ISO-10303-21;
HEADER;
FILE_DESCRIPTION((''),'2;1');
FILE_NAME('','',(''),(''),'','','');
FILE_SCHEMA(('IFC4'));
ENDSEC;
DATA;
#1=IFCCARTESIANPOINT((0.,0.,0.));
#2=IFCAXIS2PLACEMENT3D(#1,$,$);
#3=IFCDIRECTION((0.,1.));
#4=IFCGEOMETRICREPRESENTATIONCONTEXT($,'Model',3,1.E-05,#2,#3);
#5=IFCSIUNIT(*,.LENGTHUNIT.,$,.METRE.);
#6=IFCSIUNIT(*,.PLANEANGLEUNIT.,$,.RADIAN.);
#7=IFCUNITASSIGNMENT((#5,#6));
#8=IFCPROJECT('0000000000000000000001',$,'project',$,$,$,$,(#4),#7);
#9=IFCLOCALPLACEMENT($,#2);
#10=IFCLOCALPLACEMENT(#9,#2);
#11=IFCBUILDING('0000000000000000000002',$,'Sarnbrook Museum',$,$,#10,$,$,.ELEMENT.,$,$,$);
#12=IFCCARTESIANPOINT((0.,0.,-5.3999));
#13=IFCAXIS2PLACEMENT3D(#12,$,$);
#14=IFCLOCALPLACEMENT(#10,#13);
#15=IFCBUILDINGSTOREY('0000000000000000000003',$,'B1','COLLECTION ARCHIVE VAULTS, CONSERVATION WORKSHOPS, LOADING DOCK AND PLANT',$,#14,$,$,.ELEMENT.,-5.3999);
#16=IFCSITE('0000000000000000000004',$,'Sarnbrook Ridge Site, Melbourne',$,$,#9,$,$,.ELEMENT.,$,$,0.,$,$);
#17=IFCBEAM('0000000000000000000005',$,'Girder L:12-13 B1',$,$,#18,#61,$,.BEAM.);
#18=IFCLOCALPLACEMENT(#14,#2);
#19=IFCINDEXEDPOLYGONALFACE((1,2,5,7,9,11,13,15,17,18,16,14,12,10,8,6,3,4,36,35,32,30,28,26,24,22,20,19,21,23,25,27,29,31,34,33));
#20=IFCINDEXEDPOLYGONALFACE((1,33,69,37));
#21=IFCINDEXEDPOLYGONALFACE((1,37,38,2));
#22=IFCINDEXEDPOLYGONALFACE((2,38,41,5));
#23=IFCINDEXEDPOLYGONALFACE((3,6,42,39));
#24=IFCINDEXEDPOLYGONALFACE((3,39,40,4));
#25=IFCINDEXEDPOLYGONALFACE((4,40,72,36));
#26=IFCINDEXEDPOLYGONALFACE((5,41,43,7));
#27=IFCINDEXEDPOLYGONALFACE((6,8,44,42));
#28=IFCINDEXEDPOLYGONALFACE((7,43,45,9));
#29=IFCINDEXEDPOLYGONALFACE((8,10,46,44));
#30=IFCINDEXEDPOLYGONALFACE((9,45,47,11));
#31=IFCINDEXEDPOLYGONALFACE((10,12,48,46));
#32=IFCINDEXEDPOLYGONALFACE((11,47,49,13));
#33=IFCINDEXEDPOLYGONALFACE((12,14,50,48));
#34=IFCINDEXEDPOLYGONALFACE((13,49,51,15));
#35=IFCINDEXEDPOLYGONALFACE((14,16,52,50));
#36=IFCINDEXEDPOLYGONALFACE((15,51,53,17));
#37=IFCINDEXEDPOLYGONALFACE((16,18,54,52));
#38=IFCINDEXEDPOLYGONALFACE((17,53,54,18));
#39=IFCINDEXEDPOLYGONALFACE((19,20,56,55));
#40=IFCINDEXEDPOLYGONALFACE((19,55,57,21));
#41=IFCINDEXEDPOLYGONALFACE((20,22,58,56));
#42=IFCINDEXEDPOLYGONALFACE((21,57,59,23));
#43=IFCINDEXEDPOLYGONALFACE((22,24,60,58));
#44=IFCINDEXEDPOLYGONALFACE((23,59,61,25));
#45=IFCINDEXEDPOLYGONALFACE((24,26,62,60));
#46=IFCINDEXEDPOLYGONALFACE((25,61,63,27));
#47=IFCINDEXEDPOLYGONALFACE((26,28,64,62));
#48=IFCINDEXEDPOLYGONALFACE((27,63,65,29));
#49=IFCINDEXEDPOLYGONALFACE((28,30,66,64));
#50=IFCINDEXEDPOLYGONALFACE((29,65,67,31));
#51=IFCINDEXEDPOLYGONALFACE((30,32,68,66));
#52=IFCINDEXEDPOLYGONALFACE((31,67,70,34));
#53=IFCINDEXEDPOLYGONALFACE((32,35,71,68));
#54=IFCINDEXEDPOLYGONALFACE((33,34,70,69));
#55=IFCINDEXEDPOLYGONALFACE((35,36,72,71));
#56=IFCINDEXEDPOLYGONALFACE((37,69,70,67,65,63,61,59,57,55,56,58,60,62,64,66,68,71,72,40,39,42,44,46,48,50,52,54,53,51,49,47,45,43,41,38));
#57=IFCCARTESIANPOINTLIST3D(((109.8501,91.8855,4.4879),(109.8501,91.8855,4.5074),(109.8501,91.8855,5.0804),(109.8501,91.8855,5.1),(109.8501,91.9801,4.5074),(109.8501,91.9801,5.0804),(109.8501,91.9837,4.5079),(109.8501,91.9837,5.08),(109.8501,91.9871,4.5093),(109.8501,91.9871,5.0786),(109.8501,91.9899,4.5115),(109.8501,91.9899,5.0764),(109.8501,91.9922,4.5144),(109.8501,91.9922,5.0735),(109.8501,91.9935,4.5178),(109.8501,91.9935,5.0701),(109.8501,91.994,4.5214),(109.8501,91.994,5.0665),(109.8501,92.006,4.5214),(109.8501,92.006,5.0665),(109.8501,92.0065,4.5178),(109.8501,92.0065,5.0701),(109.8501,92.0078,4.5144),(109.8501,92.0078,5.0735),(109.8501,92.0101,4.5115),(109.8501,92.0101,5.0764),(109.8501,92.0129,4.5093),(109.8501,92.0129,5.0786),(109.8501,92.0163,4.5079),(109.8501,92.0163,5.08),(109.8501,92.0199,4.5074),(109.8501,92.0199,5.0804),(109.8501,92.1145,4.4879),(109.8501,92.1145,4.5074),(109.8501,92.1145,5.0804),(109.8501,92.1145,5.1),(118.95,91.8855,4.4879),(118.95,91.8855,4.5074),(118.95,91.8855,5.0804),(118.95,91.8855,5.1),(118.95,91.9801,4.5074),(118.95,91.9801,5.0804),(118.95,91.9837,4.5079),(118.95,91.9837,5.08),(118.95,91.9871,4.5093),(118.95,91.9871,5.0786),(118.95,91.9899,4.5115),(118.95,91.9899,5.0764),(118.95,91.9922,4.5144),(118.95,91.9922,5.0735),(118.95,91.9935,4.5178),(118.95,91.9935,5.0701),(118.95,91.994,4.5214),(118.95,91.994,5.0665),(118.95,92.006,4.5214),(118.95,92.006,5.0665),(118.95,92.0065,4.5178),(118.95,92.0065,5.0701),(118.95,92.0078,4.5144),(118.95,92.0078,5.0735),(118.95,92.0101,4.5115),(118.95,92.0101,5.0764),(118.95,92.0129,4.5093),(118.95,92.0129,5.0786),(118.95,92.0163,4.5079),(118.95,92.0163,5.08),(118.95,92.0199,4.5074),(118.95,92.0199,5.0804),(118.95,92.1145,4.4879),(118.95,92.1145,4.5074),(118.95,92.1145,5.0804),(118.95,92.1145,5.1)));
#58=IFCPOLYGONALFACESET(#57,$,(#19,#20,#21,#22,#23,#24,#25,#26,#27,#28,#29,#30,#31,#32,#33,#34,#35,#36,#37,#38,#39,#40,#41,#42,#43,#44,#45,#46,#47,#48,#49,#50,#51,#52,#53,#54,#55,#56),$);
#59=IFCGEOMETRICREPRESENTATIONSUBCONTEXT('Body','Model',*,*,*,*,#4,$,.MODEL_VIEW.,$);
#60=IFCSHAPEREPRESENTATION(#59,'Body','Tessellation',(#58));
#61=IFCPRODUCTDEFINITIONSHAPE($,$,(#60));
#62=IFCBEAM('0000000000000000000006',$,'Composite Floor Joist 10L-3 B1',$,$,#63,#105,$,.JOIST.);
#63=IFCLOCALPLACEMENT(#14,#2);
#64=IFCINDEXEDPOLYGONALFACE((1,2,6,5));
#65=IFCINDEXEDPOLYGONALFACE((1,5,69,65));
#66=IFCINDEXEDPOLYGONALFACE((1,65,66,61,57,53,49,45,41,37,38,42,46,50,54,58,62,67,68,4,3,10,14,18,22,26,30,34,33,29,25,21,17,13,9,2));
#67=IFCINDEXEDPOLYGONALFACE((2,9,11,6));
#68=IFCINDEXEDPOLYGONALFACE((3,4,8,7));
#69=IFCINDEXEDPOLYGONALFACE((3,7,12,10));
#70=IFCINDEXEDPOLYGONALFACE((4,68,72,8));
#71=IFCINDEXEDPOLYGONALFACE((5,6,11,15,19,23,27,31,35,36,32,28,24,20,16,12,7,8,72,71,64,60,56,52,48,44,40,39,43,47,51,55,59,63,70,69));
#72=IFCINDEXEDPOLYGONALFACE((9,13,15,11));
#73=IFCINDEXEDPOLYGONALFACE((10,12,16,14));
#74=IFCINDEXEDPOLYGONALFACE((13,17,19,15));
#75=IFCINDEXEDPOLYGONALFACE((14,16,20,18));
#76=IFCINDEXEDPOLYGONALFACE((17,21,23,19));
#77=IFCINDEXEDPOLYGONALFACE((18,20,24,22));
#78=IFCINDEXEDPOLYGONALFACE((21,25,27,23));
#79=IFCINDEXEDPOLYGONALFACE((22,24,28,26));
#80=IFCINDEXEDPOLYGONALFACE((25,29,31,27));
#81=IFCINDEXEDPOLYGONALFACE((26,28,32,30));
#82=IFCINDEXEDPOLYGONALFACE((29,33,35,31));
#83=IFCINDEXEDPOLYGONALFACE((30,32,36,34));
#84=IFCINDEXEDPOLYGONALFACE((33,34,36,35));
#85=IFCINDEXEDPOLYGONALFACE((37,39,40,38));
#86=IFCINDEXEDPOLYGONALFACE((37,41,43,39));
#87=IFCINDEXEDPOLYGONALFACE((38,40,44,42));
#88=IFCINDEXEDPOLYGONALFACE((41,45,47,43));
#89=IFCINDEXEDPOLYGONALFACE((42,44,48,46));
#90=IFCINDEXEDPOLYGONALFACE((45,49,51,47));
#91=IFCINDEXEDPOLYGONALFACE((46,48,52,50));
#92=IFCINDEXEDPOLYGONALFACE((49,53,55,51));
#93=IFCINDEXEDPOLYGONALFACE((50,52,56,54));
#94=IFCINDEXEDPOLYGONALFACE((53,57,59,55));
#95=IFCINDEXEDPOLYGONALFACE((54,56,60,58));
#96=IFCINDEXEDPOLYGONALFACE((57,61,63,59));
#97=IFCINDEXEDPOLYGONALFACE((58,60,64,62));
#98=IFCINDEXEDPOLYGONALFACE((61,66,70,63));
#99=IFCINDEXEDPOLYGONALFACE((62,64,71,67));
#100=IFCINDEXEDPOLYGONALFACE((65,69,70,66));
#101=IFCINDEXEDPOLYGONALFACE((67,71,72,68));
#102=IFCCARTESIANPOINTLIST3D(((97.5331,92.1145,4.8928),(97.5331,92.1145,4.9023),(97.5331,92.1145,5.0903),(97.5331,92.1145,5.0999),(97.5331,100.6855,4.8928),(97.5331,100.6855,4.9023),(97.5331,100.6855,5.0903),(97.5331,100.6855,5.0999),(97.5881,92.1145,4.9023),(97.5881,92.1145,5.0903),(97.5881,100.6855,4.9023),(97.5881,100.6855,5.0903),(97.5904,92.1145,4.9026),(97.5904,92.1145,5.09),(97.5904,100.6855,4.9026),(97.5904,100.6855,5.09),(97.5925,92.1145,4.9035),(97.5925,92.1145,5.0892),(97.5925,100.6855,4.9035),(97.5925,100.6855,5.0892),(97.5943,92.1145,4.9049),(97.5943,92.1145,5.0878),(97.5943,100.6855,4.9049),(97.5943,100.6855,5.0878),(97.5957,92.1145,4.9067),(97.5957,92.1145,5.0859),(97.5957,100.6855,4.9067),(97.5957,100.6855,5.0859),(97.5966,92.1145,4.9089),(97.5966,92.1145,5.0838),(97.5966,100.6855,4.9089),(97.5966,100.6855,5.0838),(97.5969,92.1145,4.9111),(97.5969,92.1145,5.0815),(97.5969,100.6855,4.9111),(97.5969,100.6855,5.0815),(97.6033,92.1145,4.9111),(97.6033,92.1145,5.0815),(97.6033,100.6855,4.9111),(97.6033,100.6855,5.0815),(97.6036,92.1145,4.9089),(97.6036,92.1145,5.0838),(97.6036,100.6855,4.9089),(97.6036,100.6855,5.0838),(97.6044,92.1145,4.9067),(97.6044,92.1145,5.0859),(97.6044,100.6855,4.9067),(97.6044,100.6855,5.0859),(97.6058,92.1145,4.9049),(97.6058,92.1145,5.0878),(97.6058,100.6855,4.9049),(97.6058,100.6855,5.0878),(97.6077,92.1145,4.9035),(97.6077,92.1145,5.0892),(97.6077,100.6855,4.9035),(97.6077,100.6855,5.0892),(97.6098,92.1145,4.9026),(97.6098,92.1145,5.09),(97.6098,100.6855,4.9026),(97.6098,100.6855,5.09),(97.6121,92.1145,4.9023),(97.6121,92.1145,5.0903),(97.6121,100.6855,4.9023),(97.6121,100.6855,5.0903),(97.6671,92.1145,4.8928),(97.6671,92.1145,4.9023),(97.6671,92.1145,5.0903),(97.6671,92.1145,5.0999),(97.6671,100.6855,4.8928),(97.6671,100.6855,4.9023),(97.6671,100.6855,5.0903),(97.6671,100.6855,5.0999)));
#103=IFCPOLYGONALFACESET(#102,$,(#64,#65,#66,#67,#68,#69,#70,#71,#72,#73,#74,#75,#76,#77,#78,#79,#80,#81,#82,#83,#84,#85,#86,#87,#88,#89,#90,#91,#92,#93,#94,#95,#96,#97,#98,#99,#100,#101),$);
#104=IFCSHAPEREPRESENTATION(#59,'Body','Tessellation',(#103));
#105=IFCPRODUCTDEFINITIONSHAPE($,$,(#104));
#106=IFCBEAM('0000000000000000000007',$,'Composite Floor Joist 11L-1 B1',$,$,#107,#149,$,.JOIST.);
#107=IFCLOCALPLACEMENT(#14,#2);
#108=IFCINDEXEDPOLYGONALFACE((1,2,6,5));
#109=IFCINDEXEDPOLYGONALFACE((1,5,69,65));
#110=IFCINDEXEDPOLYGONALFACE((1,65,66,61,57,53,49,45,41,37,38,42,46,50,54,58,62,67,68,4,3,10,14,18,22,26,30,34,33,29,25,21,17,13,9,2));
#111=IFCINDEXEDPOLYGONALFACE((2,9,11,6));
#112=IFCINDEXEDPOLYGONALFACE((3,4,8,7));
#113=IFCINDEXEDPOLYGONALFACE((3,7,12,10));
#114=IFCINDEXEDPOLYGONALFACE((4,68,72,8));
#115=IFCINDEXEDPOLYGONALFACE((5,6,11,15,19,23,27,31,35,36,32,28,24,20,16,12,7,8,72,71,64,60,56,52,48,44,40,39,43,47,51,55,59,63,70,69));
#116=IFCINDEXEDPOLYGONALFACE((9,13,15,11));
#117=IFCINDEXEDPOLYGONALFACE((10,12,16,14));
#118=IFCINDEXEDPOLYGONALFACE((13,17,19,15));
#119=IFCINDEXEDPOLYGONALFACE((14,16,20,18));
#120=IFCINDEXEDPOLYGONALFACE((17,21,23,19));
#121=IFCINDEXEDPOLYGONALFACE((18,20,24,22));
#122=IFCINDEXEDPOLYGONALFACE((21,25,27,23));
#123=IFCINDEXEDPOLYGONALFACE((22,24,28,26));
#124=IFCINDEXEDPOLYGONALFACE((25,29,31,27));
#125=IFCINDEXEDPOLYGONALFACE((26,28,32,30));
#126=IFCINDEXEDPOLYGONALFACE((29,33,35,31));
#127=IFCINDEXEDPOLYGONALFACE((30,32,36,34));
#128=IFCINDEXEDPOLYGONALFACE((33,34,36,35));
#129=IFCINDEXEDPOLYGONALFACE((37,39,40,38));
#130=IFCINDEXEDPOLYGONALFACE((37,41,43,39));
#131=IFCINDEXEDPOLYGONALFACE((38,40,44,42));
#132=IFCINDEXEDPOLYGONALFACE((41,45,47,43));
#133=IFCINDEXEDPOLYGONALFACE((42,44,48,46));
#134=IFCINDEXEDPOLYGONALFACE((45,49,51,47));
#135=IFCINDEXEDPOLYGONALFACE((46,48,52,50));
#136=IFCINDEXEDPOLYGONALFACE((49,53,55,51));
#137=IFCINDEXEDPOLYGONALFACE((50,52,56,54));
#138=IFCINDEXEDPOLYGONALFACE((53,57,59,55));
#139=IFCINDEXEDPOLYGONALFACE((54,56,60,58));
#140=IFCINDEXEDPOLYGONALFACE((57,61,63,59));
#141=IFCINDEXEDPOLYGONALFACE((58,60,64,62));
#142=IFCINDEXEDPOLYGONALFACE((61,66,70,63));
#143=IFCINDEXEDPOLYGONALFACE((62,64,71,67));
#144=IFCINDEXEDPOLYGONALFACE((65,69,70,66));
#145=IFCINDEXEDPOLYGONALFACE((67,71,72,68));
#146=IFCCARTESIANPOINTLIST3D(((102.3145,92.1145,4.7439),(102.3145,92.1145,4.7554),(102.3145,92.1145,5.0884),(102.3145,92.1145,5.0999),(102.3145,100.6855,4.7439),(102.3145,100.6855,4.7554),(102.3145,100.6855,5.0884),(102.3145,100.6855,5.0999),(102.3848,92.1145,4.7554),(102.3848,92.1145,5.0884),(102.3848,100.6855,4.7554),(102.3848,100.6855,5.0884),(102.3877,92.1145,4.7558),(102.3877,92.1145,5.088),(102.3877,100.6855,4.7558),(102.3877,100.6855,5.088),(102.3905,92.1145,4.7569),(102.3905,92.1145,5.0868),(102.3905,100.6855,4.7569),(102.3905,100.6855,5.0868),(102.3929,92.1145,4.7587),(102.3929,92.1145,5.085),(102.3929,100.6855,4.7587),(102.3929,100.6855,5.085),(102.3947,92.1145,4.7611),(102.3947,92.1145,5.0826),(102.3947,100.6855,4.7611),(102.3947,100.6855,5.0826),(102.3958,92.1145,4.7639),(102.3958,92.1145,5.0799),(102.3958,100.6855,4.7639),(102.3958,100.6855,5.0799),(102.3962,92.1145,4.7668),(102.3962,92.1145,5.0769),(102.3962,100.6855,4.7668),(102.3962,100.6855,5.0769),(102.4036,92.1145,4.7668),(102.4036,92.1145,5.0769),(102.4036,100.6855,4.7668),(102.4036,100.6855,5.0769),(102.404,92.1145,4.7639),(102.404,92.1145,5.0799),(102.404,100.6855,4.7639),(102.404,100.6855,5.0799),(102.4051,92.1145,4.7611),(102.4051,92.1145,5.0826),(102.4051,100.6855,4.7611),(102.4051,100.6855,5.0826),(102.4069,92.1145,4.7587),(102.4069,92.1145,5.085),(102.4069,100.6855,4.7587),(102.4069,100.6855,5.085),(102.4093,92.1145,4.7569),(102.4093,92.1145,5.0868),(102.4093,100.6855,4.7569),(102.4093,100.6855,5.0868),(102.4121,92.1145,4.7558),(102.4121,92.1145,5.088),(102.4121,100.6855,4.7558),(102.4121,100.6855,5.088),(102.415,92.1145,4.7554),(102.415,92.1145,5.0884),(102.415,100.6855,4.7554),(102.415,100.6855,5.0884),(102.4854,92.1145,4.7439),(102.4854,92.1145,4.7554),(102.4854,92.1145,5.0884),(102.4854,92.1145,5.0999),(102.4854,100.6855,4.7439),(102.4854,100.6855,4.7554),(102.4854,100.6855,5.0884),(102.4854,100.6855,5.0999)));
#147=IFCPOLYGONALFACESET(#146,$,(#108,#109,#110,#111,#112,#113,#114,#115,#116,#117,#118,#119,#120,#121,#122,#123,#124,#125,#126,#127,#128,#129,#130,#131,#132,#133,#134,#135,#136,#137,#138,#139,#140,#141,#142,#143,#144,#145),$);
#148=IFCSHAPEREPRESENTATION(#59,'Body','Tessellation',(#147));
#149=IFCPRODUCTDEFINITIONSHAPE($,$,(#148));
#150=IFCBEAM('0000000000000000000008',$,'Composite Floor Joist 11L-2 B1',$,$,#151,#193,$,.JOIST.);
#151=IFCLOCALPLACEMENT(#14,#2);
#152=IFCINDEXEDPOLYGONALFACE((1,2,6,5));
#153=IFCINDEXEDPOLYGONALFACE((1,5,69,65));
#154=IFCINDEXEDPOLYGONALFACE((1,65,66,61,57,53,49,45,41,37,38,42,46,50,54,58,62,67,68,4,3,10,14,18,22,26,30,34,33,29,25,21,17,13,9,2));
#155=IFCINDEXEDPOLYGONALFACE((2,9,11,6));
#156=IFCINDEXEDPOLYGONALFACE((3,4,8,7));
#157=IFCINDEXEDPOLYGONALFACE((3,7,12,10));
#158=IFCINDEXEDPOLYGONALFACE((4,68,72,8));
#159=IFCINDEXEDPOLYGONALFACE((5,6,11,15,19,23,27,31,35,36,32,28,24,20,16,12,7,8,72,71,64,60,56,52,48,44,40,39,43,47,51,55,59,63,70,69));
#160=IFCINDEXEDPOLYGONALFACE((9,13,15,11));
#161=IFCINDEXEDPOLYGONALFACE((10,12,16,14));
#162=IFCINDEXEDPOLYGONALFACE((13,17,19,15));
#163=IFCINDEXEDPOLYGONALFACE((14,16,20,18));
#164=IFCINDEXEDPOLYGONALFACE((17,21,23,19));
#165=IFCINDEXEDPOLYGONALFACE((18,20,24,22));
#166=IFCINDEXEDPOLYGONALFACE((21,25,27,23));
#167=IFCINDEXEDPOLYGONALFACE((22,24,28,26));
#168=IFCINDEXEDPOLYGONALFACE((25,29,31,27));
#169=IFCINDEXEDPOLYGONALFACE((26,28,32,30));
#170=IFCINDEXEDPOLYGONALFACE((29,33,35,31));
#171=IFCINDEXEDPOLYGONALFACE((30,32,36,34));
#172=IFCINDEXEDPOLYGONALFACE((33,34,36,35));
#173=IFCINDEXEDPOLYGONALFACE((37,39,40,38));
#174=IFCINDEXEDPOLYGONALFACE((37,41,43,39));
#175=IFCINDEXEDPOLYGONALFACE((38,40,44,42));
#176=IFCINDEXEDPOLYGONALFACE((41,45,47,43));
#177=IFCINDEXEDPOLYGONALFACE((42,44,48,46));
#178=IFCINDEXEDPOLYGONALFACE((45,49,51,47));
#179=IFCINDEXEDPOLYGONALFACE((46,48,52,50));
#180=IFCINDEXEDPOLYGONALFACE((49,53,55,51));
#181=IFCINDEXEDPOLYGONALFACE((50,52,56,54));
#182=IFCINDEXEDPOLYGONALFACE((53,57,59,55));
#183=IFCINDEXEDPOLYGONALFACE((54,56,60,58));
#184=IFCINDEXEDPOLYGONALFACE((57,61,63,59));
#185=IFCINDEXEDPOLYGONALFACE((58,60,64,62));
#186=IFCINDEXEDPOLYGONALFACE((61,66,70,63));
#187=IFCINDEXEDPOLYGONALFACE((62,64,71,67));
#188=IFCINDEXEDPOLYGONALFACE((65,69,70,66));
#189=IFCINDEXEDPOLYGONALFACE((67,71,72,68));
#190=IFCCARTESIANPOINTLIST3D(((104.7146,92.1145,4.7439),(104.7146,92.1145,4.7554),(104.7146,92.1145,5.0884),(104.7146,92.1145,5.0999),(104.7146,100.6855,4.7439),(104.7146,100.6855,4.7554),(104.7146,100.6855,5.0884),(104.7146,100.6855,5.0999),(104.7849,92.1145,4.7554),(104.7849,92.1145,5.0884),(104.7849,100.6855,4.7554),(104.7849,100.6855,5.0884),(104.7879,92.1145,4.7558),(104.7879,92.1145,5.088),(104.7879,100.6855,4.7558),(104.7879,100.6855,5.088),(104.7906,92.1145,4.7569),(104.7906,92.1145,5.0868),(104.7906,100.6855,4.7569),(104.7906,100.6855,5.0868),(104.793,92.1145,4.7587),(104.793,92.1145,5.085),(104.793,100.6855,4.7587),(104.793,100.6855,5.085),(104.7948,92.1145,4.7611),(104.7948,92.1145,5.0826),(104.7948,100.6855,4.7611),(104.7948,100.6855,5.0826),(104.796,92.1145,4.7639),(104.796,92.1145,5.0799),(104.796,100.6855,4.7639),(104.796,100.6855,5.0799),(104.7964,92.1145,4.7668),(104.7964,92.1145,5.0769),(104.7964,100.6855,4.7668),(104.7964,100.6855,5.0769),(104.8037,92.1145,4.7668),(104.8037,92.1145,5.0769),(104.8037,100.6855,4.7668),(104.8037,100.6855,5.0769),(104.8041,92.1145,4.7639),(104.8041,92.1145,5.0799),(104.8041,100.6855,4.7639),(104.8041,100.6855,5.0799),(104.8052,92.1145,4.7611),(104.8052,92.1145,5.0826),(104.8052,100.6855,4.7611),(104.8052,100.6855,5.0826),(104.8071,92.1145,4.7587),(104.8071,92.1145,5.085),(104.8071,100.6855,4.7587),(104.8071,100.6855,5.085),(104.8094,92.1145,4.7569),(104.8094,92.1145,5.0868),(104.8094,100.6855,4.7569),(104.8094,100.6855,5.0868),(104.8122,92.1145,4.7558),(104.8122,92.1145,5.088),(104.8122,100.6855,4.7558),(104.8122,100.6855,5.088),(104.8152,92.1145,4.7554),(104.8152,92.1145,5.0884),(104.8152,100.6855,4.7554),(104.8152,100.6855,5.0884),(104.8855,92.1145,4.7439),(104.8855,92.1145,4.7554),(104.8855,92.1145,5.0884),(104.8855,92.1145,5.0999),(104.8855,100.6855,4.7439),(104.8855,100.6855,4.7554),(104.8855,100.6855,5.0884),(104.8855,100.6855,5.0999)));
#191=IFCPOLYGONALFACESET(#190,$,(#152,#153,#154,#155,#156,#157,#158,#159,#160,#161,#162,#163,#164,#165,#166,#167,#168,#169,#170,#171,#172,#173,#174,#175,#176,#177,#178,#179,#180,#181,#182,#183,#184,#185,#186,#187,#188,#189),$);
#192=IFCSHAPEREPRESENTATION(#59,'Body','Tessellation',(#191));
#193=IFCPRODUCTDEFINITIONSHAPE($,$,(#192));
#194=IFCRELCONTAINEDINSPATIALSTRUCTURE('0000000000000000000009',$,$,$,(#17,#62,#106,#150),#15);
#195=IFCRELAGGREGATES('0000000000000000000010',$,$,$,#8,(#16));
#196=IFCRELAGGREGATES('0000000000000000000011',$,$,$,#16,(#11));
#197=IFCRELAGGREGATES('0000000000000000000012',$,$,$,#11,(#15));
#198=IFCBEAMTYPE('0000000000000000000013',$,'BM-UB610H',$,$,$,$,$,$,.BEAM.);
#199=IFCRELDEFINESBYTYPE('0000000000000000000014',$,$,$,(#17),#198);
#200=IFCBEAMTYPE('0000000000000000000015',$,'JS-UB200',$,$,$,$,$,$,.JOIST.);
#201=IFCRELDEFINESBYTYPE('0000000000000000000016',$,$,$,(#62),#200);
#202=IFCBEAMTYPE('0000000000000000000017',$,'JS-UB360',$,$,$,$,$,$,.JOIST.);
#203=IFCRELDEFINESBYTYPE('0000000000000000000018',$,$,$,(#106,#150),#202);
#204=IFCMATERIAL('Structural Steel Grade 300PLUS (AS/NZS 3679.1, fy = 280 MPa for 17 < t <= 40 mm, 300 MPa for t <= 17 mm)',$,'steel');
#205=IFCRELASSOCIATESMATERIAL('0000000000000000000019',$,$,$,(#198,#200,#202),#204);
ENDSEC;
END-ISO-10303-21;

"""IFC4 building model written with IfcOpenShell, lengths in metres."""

from ifc_helpers import new_model, si_unit, direction, frame, origin, origin_2d, place, context, subcontext, project, spatial, i_section, extrude, material, material_profile, profile_set, type_object, element, save


model = new_model("IFC4")

# Units and contexts
model_context = context("Model", 3, precision=1e-05, world=origin(), true_north=direction((0.0, 1.0)))
body_context = subcontext(model_context, "Body", "Model", "MODEL_VIEW")
ifc_project = project(units=[si_unit("LENGTHUNIT", "METRE"), si_unit("PLANEANGLEUNIT", "RADIAN")], contexts=[model_context])

# Site, building, storey
site_placement = place(None, origin())
site = spatial("IfcSite", under=ifc_project, at=site_placement, Name="Sarnbrook Ridge Site, Melbourne", CompositionType="ELEMENT", RefElevation=0.0)
building_placement = place(site_placement, origin())
building = spatial("IfcBuilding", under=site, at=building_placement, Name="Sarnbrook Museum", CompositionType="ELEMENT")
storey_placement = place(building_placement, frame((0.0, 0.0, -5.3999)))
storey = spatial("IfcBuildingStorey", under=building, at=storey_placement, Name="B1", Description="COLLECTION ARCHIVE VAULTS, CONSERVATION WORKSHOPS, LOADING DOCK AND PLANT", CompositionType="ELEMENT", Elevation=-5.3999)

# Beams
ifc_material_1 = material(Name="Structural Steel Grade 300PLUS (AS/NZS 3679.1, fy = 280 MPa for 17 < t <= 40 mm, 300 MPa for t <= 17 mm)", Category="steel")
ifc_material_profile_1 = material_profile(ifc_material_1, i_section(OverallWidth=0.229, OverallDepth=0.6121, WebThickness=0.012, FlangeThickness=0.0195, FilletRadius=0.0139, at=origin_2d()), Name="610UB125")
ifc_profile_set_1 = profile_set([ifc_material_profile_1], Name="Structural Steel Grade 300PLUS (AS/NZS 3679.1, fy = 280 MPa for 17 < t <= 40 mm, 300 MPa for t <= 17 mm)")
beam_type_1 = type_object("IfcBeamType", Name="BM-UB610H", PredefinedType="BEAM", material=ifc_profile_set_1)
beam_1_placement = place(storey_placement, frame((109.8501, 92.0, 4.7939), z_axis=(1.0, 0.0, 0.0), x_axis=(0.0, 1.0, 0.0)))
element("IfcBeam", 1, at=beam_1_placement, inside=storey, type_object=beam_type_1, Name="Girder L:12-13 B1", PredefinedType="BEAM", context=body_context, shape_type="SweptSolid", body=[
    extrude(i_section(OverallWidth=0.229, OverallDepth=0.6121, WebThickness=0.012, FlangeThickness=0.0195, FilletRadius=0.0139, at=origin_2d()), origin(), (0.0, 0.0, 1.0), 9.0999),
])
ifc_material_profile_2 = material_profile(ifc_material_1, i_section(OverallWidth=0.134, OverallDepth=0.207, WebThickness=0.0063, FlangeThickness=0.0095, FilletRadius=0.0088, at=origin_2d()), Name="200UB29.8")
ifc_profile_set_2 = profile_set([ifc_material_profile_2], Name="Structural Steel Grade 300PLUS (AS/NZS 3679.1, fy = 280 MPa for 17 < t <= 40 mm, 300 MPa for t <= 17 mm)")
beam_type_2 = type_object("IfcBeamType", Name="JS-UB200", PredefinedType="JOIST", material=ifc_profile_set_2)
beam_2_placement = place(storey_placement, frame((97.6001, 92.1145, 4.9963), z_axis=(0.0, 1.0, 0.0), x_axis=(-1.0, 0.0, 0.0)))
element("IfcBeam", 2, at=beam_2_placement, inside=storey, type_object=beam_type_2, Name="Composite Floor Joist 10L-3 B1", PredefinedType="JOIST", context=body_context, shape_type="SweptSolid", body=[
    extrude(i_section(OverallWidth=0.134, OverallDepth=0.207, WebThickness=0.0063, FlangeThickness=0.0095, FilletRadius=0.0088, at=origin_2d()), origin(), (0.0, 0.0, 1.0), 8.571),
])
ifc_material_profile_3 = material_profile(ifc_material_1, i_section(OverallWidth=0.1709, OverallDepth=0.356, WebThickness=0.0073, FlangeThickness=0.0115, FilletRadius=0.0115, at=origin_2d()), Name="360UB50.7")
ifc_profile_set_3 = profile_set([ifc_material_profile_3], Name="Structural Steel Grade 300PLUS (AS/NZS 3679.1, fy = 280 MPa for 17 < t <= 40 mm, 300 MPa for t <= 17 mm)")
beam_type_3 = type_object("IfcBeamType", Name="JS-UB360", PredefinedType="JOIST", material=ifc_profile_set_3)
for number, where, z_axis, x_axis, name in (
    (3, (102.3999, 92.1145, 4.9219), (0.0, 1.0, 0.0), (-1.0, 0.0, 0.0), "Composite Floor Joist 11L-1 B1"),
    (4, (104.8, 92.1145, 4.9219), (0.0, 1.0, 0.0), (-1.0, 0.0, 0.0), "Composite Floor Joist 11L-2 B1"),
):
    element("IfcBeam", number, at=place(storey_placement, frame(where, z_axis=z_axis, x_axis=x_axis)), inside=storey, type_object=beam_type_3, Name=name, PredefinedType="JOIST", context=body_context, shape_type="SweptSolid", body=[
        extrude(i_section(OverallWidth=0.1709, OverallDepth=0.356, WebThickness=0.0073, FlangeThickness=0.0115, FilletRadius=0.0115, at=origin_2d()), origin(), (0.0, 0.0, 1.0), 8.571),
    ])

save(model, "model.ifc")
